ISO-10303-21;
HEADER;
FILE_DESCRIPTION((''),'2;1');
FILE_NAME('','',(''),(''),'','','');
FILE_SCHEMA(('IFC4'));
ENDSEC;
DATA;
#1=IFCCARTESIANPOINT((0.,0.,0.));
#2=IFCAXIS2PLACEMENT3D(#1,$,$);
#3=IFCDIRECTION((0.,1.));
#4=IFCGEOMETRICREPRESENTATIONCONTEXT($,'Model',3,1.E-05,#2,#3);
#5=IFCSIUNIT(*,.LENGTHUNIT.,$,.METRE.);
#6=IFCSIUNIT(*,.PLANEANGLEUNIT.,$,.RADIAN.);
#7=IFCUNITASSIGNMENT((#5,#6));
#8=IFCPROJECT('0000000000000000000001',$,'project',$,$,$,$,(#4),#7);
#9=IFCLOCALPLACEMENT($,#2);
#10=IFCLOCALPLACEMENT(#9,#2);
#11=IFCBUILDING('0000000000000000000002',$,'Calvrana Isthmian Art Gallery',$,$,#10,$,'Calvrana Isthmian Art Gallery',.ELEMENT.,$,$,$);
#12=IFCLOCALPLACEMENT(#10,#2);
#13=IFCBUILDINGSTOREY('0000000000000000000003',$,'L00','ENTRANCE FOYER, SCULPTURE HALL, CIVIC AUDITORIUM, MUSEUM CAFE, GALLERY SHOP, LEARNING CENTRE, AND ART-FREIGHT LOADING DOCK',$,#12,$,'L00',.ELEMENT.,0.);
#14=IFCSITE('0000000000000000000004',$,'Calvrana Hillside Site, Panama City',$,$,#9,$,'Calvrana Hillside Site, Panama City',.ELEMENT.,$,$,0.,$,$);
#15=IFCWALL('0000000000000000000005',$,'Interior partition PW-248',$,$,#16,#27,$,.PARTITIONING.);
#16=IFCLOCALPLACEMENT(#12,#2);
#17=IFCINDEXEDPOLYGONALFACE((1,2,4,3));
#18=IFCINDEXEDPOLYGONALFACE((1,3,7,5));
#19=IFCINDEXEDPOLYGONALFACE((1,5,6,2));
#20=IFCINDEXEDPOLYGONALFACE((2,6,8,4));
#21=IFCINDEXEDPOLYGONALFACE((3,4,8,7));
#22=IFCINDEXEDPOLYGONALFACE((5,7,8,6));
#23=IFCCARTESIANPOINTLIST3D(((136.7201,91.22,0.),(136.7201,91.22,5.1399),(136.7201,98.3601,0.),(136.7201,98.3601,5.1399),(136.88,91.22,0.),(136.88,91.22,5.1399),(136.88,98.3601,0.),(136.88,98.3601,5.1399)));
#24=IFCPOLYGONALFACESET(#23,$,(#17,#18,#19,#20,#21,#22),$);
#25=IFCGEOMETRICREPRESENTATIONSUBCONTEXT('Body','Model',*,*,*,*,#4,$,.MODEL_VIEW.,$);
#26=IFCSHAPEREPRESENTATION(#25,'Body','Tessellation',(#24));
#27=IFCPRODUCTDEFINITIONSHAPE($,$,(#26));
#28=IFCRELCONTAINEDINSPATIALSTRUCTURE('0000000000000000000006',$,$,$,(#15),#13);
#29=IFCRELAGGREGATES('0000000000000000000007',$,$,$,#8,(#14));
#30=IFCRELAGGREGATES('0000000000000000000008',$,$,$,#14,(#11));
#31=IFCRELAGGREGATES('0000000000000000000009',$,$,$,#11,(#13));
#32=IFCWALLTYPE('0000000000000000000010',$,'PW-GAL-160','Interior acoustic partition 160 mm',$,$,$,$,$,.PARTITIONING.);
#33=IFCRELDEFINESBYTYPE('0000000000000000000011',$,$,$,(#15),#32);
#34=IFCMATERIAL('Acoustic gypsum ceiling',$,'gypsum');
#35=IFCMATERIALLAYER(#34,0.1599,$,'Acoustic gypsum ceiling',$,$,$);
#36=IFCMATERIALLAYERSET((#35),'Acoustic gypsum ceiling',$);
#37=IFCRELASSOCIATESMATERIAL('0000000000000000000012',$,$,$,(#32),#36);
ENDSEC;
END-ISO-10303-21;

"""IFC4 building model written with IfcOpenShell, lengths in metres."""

from ifc_helpers import new_model, si_unit, direction, frame, frame_2d, origin, place, context, subcontext, project, spatial, rectangle, extrude, material, layer, layer_set, type_object, element, save


model = new_model("IFC4")

# Units and contexts
model_context = context("Model", 3, precision=1e-05, world=origin(), true_north=direction((0.0, 1.0)))
body_context = subcontext(model_context, "Body", "Model", "MODEL_VIEW")
ifc_project = project(units=[si_unit("LENGTHUNIT", "METRE"), si_unit("PLANEANGLEUNIT", "RADIAN")], contexts=[model_context])

# Site, building, storey
site_placement = place(None, origin())
site = spatial("IfcSite", under=ifc_project, at=site_placement, Name="Calvrana Hillside Site, Panama City", LongName="Calvrana Hillside Site, Panama City", CompositionType="ELEMENT", RefElevation=0.0)
building_placement = place(site_placement, origin())
building = spatial("IfcBuilding", under=site, at=building_placement, Name="Calvrana Isthmian Art Gallery", LongName="Calvrana Isthmian Art Gallery", CompositionType="ELEMENT")
storey_placement = place(building_placement, origin())
storey = spatial("IfcBuildingStorey", under=building, at=storey_placement, Name="L00", Description="ENTRANCE FOYER, SCULPTURE HALL, CIVIC AUDITORIUM, MUSEUM CAFE, GALLERY SHOP, LEARNING CENTRE, AND ART-FREIGHT LOADING DOCK", LongName="L00", CompositionType="ELEMENT", Elevation=0.0)

# Wall
ifc_material_1 = material(Name="Acoustic gypsum ceiling", Category="gypsum")
ifc_layer_1 = layer(ifc_material_1, 0.1599, Name="Acoustic gypsum ceiling")
ifc_layer_set_1 = layer_set([ifc_layer_1], Name="Acoustic gypsum ceiling")
wall_type = type_object("IfcWallType", Name="PW-GAL-160", Description="Interior acoustic partition 160 mm", PredefinedType="PARTITIONING", material=ifc_layer_set_1)
wall_1_placement = place(storey_placement, frame((136.8, 91.22, 0.0), z_axis=(0.0, 0.0, 1.0), x_axis=(0.0, 1.0, 0.0)))
element("IfcWall", 1, at=wall_1_placement, inside=storey, type_object=wall_type, Name="Interior partition PW-248", PredefinedType="PARTITIONING", context=body_context, shape_type="SweptSolid", body=[
    extrude(rectangle(XDim=7.1401, YDim=0.1599, at=frame_2d((3.5701, 0.0))), origin(), (0.0, 0.0, 1.0), 5.1399),
])

save(model, "model.ifc")
